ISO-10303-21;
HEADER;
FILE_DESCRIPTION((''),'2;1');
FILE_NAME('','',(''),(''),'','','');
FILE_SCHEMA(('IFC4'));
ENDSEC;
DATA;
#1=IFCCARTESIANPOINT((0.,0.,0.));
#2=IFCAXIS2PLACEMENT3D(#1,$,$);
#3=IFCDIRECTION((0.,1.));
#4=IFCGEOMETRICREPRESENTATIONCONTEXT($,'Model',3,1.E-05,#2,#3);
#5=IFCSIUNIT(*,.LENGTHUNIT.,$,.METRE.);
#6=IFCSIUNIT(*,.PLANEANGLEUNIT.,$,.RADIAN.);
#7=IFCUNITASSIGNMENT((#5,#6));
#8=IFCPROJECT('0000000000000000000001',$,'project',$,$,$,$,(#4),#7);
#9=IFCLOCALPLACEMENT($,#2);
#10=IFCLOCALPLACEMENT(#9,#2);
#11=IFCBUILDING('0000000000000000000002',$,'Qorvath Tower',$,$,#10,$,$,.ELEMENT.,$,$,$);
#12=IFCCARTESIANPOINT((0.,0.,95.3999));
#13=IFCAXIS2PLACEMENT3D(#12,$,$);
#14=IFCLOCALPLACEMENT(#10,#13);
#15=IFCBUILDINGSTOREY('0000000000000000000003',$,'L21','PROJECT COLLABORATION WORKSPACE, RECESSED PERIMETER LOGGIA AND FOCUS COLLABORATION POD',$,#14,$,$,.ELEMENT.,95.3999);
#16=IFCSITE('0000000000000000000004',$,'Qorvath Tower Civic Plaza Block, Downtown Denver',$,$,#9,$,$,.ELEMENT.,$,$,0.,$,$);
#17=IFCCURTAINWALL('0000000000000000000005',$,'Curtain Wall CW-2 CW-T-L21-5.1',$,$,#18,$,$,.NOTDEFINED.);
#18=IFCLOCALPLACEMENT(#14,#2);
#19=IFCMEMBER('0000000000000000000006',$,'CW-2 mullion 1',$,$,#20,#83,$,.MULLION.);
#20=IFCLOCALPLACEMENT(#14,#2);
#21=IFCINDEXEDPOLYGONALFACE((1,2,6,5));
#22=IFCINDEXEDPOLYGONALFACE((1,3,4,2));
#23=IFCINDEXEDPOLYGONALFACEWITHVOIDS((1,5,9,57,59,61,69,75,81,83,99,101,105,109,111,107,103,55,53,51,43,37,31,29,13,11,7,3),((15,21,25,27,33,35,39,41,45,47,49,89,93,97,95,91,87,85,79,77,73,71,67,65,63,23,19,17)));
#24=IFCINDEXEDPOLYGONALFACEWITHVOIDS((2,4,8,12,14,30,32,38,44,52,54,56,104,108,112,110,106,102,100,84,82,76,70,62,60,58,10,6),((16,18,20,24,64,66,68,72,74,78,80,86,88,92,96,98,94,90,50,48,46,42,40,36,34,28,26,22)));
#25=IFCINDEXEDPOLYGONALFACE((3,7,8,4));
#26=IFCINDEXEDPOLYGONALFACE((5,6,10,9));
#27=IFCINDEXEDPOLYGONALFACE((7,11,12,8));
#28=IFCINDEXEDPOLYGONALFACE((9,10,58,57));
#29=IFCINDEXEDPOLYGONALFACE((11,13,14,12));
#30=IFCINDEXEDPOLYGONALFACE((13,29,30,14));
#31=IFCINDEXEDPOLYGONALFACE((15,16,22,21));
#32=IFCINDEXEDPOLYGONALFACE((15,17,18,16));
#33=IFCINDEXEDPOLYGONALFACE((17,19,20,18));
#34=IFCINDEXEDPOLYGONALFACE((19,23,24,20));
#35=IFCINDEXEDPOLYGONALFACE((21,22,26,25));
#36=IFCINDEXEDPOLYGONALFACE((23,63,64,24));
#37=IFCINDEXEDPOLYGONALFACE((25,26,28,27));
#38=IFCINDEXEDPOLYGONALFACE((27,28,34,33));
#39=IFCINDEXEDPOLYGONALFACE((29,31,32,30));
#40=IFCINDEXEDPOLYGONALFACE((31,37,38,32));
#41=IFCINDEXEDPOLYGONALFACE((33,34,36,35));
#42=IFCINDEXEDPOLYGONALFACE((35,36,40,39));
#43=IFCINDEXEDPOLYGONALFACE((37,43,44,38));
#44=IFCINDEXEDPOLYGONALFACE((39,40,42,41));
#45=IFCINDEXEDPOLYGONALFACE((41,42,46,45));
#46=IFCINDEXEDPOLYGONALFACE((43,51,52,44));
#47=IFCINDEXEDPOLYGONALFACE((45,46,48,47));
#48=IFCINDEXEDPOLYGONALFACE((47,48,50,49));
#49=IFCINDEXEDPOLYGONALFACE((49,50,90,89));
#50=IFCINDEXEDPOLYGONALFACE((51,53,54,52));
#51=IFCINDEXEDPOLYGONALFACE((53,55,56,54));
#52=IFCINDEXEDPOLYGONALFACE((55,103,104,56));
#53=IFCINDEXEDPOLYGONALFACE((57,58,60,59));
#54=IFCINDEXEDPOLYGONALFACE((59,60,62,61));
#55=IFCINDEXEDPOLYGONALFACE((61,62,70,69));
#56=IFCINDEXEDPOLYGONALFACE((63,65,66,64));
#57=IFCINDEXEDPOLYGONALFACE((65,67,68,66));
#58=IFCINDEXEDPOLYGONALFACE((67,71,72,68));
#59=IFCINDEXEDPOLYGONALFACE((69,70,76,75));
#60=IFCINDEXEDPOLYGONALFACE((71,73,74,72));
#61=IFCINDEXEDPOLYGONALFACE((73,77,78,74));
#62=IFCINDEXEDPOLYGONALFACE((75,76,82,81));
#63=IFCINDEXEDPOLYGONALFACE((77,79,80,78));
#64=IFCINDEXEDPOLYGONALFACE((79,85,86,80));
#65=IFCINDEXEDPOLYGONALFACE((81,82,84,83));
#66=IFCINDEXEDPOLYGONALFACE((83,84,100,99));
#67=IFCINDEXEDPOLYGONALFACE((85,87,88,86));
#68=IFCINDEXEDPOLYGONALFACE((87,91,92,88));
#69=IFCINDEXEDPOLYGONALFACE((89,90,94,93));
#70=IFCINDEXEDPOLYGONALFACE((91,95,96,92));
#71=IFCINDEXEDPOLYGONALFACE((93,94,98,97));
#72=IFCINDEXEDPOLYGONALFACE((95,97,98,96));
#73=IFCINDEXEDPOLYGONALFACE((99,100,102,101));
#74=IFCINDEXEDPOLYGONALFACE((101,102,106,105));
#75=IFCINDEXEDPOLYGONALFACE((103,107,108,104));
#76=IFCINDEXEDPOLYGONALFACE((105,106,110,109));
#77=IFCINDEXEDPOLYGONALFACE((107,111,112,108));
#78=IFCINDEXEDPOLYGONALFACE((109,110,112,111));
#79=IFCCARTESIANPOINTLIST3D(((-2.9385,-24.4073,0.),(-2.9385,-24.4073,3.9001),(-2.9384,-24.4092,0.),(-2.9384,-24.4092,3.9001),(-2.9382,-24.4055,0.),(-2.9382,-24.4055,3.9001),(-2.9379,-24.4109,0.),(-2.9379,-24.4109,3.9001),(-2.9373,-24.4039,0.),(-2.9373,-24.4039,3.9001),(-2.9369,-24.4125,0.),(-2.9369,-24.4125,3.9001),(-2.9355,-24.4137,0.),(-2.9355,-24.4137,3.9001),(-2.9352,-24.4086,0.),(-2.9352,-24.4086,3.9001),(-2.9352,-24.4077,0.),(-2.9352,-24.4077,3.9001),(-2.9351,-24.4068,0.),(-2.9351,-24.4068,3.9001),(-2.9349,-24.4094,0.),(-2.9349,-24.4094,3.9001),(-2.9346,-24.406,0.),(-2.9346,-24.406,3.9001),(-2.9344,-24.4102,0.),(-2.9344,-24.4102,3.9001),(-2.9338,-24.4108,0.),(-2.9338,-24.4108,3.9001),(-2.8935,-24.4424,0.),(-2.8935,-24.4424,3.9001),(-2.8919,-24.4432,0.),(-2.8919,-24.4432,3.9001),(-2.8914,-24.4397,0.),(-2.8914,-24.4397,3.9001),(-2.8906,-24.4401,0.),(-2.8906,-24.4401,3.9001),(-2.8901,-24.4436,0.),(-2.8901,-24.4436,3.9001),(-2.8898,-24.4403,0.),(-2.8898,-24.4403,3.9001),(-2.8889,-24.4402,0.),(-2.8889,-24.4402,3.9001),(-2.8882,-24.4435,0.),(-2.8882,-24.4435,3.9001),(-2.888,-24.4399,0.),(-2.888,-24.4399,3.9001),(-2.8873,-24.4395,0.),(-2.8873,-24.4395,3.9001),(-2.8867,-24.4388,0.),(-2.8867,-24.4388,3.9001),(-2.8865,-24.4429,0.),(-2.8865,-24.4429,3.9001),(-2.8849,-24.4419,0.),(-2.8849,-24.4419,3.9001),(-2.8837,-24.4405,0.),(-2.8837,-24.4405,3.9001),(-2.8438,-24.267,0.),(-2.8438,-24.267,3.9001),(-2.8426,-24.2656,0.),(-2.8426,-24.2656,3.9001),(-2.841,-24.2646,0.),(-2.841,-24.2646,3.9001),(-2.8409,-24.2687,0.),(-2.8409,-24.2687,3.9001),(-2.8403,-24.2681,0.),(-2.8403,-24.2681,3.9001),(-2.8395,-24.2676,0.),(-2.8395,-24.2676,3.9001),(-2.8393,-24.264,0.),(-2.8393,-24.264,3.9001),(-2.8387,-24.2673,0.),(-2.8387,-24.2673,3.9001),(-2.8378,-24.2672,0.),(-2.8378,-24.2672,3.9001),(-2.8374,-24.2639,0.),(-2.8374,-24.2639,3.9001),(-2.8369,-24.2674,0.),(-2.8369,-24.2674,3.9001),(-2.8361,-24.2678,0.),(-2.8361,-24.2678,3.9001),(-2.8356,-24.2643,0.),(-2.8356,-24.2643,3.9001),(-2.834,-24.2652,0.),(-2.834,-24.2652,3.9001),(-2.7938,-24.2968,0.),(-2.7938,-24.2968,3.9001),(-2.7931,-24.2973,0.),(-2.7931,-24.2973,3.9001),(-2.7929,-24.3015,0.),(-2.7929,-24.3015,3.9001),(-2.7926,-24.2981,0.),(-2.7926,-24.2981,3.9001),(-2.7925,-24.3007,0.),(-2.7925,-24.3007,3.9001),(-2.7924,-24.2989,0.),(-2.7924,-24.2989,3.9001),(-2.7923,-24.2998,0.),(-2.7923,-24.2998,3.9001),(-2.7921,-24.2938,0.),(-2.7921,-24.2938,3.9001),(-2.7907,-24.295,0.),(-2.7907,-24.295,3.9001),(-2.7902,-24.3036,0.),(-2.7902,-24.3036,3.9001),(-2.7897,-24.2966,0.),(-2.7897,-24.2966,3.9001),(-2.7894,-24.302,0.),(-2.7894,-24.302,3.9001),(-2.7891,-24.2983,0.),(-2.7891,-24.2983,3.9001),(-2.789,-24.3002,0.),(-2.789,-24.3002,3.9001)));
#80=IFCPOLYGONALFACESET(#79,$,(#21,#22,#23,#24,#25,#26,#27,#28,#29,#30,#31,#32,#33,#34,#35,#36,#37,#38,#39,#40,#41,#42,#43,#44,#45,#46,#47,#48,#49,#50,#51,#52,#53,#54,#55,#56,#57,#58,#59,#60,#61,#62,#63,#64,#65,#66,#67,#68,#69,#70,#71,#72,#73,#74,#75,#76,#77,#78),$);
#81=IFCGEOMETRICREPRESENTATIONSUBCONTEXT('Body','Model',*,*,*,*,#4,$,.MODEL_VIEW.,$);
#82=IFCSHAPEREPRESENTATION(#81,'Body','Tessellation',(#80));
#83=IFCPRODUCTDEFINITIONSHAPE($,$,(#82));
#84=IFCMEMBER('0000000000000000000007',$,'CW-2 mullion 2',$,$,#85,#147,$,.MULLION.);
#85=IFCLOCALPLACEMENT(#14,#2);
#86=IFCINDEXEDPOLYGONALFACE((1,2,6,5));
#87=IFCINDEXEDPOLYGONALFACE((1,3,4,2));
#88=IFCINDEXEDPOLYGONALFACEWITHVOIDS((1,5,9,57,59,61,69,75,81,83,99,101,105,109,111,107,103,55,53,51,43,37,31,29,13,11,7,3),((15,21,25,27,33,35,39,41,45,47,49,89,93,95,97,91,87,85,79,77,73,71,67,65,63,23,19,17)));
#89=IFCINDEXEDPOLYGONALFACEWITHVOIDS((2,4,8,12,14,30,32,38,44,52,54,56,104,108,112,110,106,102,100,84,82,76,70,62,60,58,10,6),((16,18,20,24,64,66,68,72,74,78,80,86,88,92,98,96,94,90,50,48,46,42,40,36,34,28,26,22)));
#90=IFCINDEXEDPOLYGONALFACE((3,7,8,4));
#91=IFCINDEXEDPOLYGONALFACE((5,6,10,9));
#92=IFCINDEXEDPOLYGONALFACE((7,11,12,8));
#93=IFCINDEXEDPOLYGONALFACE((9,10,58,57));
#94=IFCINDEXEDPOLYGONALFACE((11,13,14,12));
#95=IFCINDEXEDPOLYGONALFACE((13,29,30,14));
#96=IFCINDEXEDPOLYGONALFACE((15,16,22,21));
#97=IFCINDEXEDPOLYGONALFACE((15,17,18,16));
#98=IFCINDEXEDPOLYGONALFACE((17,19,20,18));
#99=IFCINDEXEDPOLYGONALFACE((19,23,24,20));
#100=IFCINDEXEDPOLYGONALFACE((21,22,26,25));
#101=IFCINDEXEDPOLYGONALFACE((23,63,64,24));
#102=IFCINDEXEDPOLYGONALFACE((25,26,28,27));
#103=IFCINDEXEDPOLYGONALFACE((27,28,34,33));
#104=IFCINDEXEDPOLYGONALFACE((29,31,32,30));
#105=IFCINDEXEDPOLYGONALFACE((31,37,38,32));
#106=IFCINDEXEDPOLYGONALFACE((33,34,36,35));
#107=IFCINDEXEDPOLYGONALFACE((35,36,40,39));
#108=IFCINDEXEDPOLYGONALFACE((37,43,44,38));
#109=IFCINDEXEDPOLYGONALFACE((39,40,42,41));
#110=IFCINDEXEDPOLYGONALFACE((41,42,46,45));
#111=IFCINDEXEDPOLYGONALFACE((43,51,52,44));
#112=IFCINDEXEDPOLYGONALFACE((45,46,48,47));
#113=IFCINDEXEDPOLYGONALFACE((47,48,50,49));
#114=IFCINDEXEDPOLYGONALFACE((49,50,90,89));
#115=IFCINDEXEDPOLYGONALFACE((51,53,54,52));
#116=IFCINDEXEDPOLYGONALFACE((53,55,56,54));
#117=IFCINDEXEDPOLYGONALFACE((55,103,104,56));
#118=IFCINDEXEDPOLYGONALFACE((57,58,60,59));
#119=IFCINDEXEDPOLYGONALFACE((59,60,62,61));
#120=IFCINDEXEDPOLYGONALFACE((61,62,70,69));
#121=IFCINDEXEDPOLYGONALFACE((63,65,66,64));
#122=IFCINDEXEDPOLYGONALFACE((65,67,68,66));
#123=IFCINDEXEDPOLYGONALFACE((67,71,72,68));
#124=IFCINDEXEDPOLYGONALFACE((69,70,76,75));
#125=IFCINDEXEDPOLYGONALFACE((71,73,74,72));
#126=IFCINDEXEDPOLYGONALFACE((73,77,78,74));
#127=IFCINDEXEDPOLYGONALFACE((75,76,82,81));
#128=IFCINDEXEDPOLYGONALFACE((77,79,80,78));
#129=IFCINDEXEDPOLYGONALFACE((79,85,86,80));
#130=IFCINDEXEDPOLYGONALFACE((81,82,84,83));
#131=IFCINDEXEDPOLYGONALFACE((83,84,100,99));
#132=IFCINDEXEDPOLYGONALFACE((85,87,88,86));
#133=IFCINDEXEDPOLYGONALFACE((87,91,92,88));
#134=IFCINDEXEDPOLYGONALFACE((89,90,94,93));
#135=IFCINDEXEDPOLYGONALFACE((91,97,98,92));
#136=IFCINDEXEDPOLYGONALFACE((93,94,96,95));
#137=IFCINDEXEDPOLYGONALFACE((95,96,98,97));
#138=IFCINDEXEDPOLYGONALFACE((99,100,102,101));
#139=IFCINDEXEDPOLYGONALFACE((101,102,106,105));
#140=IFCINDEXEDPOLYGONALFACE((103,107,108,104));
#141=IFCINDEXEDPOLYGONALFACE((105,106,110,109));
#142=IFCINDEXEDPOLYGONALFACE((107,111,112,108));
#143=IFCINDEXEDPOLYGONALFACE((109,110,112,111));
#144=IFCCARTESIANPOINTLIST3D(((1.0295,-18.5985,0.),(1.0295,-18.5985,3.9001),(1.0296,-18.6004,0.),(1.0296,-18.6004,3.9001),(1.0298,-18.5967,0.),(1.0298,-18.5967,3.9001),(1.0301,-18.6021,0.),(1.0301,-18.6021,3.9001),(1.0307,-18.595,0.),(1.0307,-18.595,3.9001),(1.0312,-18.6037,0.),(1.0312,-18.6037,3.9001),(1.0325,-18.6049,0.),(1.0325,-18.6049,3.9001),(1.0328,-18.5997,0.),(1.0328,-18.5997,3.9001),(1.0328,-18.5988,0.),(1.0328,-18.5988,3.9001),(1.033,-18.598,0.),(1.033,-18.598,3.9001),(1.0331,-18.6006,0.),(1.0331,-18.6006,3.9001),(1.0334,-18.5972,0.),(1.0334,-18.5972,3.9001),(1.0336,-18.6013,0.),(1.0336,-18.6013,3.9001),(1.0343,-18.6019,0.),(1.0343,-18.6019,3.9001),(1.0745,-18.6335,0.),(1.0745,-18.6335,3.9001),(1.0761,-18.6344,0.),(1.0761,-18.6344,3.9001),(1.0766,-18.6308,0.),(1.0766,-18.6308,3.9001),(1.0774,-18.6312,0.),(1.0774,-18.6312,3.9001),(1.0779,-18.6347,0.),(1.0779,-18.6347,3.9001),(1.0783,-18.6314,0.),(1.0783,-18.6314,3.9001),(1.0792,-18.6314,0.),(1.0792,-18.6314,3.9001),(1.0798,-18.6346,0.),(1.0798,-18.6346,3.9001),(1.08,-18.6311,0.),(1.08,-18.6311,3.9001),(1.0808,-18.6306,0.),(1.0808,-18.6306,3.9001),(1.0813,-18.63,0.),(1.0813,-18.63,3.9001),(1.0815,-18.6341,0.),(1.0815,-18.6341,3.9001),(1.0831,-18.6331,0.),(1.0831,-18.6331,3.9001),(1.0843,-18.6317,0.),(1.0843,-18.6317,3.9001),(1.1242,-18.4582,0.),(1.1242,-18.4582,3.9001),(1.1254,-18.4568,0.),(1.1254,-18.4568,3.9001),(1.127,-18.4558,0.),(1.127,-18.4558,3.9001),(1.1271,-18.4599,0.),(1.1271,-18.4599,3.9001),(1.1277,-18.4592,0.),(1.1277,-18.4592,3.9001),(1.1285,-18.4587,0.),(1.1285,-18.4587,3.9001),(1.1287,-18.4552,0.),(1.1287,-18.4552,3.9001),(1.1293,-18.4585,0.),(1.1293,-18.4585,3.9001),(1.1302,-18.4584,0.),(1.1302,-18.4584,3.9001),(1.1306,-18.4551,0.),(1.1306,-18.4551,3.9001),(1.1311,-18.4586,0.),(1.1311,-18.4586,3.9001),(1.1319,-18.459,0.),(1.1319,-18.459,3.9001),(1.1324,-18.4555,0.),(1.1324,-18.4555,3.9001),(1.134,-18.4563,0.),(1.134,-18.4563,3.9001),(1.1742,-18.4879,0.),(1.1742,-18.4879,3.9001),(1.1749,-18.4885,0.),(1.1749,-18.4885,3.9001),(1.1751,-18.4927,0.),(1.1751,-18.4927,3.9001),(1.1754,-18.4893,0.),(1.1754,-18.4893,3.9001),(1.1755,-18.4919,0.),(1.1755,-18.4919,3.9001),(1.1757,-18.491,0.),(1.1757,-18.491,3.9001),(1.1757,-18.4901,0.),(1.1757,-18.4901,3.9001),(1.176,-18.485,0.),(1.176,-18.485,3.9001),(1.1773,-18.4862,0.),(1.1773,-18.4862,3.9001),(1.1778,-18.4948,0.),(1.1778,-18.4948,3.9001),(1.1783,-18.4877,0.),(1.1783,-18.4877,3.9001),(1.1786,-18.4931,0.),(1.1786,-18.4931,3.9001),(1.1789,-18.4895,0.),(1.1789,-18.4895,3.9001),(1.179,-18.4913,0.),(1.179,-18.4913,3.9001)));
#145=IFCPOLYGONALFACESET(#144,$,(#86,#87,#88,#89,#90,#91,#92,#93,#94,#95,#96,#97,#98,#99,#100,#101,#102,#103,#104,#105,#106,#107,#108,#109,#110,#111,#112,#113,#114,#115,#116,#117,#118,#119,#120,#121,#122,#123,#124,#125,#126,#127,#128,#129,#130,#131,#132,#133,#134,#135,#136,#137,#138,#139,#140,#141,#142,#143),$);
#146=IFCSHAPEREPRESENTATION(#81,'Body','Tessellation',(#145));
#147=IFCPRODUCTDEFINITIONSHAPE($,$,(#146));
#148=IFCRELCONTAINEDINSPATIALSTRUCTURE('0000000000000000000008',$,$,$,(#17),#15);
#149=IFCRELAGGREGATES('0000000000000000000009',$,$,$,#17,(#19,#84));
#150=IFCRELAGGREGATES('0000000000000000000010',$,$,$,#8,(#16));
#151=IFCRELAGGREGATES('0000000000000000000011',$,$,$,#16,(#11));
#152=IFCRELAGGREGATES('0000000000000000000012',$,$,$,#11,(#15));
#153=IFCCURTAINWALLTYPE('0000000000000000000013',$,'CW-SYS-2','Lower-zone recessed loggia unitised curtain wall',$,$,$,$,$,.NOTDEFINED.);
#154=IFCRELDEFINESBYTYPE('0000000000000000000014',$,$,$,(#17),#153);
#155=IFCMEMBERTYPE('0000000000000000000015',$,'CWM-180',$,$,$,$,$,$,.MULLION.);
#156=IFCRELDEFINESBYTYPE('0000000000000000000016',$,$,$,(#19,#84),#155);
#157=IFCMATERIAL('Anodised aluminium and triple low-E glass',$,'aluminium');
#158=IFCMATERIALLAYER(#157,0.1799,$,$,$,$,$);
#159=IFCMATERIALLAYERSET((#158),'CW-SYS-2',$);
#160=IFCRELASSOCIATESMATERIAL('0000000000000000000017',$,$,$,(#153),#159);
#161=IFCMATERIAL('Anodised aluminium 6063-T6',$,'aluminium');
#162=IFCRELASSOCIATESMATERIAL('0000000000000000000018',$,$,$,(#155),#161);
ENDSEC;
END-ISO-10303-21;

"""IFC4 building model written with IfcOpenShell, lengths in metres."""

from ifc_helpers import new_model, si_unit, direction, frame, origin, origin_2d, place, context, subcontext, project, spatial, hollow_rectangle, extrude, material, layer, layer_set, material_profile, profile_set, type_object, element, aggregate, save


model = new_model("IFC4")

# Units and contexts
model_context = context("Model", 3, precision=1e-05, world=origin(), true_north=direction((0.0, 1.0)))
body_context = subcontext(model_context, "Body", "Model", "MODEL_VIEW")
ifc_project = project(units=[si_unit("LENGTHUNIT", "METRE"), si_unit("PLANEANGLEUNIT", "RADIAN")], contexts=[model_context])

# Site, building, storey
site_placement = place(None, origin())
site = spatial("IfcSite", under=ifc_project, at=site_placement, Name="Qorvath Tower Civic Plaza Block, Downtown Denver", CompositionType="ELEMENT", RefElevation=0.0)
building_placement = place(site_placement, origin())
building = spatial("IfcBuilding", under=site, at=building_placement, Name="Qorvath Tower", CompositionType="ELEMENT")
storey_placement = place(building_placement, frame((0.0, 0.0, 95.3999)))
storey = spatial("IfcBuildingStorey", under=building, at=storey_placement, Name="L21", Description="PROJECT COLLABORATION WORKSPACE, RECESSED PERIMETER LOGGIA AND FOCUS COLLABORATION POD", CompositionType="ELEMENT", Elevation=95.3999)

# Curtain wall, members
ifc_material_1 = material(Name="Anodised aluminium and triple low-E glass", Category="aluminium")
ifc_layer_1 = layer(ifc_material_1, 0.1799)
ifc_layer_set_1 = layer_set([ifc_layer_1], Name="CW-SYS-2")
curtain_wall_type = type_object("IfcCurtainWallType", Name="CW-SYS-2", Description="Lower-zone recessed loggia unitised curtain wall", PredefinedType="NOTDEFINED", material=ifc_layer_set_1)
ifc_material_2 = material(Name="Anodised aluminium 6063-T6", Category="aluminium")
ifc_material_profile_1 = material_profile(ifc_material_2, hollow_rectangle(XDim=0.0649, YDim=0.1799, WallThickness=0.0034, InnerFilletRadius=0.0034, OuterFilletRadius=0.0071, at=origin_2d()), Name="CWM 180x65")
ifc_profile_set_1 = profile_set([ifc_material_profile_1], Name="Anodised aluminium 6063-T6")
member_type_1 = type_object("IfcMemberType", Name="CWM-180", PredefinedType="MULLION", material=ifc_profile_set_1)
curtain_wall_1_placement = place(storey_placement, origin())
curtain_wall_1 = element("IfcCurtainWall", 1, at=curtain_wall_1_placement, inside=storey, type_object=curtain_wall_type, Name="Curtain Wall CW-2 CW-T-L21-5.1", PredefinedType="NOTDEFINED")
member_1_placement = place(storey_placement, frame((-2.8638, -24.3538, 0.0), z_axis=(0.0, 0.0, 1.0), x_axis=(-0.825733, 0.564062, 0.0)))
member_1 = element("IfcMember", 2, at=member_1_placement, type_object=member_type_1, Name="CW-2 mullion 1", PredefinedType="MULLION", context=body_context, shape_type="SweptSolid", body=[
    extrude(hollow_rectangle(XDim=0.0649, YDim=0.1799, WallThickness=0.0034, InnerFilletRadius=0.0034, OuterFilletRadius=0.0071, at=origin_2d()), origin(), (0.0, 0.0, 1.0), 3.9001),
])
member_2_placement = place(storey_placement, frame((1.1042, -18.5449, 0.0), z_axis=(0.0, 0.0, 1.0), x_axis=(-0.825733, 0.564062, 0.0)))
member_2 = element("IfcMember", 3, at=member_2_placement, type_object=member_type_1, Name="CW-2 mullion 2", PredefinedType="MULLION", context=body_context, shape_type="SweptSolid", body=[
    extrude(hollow_rectangle(XDim=0.0649, YDim=0.1799, WallThickness=0.0034, InnerFilletRadius=0.0034, OuterFilletRadius=0.0071, at=origin_2d()), origin(), (0.0, 0.0, 1.0), 3.9001),
])

aggregate(curtain_wall_1, [member_1, member_2])

save(model, "model.ifc")
